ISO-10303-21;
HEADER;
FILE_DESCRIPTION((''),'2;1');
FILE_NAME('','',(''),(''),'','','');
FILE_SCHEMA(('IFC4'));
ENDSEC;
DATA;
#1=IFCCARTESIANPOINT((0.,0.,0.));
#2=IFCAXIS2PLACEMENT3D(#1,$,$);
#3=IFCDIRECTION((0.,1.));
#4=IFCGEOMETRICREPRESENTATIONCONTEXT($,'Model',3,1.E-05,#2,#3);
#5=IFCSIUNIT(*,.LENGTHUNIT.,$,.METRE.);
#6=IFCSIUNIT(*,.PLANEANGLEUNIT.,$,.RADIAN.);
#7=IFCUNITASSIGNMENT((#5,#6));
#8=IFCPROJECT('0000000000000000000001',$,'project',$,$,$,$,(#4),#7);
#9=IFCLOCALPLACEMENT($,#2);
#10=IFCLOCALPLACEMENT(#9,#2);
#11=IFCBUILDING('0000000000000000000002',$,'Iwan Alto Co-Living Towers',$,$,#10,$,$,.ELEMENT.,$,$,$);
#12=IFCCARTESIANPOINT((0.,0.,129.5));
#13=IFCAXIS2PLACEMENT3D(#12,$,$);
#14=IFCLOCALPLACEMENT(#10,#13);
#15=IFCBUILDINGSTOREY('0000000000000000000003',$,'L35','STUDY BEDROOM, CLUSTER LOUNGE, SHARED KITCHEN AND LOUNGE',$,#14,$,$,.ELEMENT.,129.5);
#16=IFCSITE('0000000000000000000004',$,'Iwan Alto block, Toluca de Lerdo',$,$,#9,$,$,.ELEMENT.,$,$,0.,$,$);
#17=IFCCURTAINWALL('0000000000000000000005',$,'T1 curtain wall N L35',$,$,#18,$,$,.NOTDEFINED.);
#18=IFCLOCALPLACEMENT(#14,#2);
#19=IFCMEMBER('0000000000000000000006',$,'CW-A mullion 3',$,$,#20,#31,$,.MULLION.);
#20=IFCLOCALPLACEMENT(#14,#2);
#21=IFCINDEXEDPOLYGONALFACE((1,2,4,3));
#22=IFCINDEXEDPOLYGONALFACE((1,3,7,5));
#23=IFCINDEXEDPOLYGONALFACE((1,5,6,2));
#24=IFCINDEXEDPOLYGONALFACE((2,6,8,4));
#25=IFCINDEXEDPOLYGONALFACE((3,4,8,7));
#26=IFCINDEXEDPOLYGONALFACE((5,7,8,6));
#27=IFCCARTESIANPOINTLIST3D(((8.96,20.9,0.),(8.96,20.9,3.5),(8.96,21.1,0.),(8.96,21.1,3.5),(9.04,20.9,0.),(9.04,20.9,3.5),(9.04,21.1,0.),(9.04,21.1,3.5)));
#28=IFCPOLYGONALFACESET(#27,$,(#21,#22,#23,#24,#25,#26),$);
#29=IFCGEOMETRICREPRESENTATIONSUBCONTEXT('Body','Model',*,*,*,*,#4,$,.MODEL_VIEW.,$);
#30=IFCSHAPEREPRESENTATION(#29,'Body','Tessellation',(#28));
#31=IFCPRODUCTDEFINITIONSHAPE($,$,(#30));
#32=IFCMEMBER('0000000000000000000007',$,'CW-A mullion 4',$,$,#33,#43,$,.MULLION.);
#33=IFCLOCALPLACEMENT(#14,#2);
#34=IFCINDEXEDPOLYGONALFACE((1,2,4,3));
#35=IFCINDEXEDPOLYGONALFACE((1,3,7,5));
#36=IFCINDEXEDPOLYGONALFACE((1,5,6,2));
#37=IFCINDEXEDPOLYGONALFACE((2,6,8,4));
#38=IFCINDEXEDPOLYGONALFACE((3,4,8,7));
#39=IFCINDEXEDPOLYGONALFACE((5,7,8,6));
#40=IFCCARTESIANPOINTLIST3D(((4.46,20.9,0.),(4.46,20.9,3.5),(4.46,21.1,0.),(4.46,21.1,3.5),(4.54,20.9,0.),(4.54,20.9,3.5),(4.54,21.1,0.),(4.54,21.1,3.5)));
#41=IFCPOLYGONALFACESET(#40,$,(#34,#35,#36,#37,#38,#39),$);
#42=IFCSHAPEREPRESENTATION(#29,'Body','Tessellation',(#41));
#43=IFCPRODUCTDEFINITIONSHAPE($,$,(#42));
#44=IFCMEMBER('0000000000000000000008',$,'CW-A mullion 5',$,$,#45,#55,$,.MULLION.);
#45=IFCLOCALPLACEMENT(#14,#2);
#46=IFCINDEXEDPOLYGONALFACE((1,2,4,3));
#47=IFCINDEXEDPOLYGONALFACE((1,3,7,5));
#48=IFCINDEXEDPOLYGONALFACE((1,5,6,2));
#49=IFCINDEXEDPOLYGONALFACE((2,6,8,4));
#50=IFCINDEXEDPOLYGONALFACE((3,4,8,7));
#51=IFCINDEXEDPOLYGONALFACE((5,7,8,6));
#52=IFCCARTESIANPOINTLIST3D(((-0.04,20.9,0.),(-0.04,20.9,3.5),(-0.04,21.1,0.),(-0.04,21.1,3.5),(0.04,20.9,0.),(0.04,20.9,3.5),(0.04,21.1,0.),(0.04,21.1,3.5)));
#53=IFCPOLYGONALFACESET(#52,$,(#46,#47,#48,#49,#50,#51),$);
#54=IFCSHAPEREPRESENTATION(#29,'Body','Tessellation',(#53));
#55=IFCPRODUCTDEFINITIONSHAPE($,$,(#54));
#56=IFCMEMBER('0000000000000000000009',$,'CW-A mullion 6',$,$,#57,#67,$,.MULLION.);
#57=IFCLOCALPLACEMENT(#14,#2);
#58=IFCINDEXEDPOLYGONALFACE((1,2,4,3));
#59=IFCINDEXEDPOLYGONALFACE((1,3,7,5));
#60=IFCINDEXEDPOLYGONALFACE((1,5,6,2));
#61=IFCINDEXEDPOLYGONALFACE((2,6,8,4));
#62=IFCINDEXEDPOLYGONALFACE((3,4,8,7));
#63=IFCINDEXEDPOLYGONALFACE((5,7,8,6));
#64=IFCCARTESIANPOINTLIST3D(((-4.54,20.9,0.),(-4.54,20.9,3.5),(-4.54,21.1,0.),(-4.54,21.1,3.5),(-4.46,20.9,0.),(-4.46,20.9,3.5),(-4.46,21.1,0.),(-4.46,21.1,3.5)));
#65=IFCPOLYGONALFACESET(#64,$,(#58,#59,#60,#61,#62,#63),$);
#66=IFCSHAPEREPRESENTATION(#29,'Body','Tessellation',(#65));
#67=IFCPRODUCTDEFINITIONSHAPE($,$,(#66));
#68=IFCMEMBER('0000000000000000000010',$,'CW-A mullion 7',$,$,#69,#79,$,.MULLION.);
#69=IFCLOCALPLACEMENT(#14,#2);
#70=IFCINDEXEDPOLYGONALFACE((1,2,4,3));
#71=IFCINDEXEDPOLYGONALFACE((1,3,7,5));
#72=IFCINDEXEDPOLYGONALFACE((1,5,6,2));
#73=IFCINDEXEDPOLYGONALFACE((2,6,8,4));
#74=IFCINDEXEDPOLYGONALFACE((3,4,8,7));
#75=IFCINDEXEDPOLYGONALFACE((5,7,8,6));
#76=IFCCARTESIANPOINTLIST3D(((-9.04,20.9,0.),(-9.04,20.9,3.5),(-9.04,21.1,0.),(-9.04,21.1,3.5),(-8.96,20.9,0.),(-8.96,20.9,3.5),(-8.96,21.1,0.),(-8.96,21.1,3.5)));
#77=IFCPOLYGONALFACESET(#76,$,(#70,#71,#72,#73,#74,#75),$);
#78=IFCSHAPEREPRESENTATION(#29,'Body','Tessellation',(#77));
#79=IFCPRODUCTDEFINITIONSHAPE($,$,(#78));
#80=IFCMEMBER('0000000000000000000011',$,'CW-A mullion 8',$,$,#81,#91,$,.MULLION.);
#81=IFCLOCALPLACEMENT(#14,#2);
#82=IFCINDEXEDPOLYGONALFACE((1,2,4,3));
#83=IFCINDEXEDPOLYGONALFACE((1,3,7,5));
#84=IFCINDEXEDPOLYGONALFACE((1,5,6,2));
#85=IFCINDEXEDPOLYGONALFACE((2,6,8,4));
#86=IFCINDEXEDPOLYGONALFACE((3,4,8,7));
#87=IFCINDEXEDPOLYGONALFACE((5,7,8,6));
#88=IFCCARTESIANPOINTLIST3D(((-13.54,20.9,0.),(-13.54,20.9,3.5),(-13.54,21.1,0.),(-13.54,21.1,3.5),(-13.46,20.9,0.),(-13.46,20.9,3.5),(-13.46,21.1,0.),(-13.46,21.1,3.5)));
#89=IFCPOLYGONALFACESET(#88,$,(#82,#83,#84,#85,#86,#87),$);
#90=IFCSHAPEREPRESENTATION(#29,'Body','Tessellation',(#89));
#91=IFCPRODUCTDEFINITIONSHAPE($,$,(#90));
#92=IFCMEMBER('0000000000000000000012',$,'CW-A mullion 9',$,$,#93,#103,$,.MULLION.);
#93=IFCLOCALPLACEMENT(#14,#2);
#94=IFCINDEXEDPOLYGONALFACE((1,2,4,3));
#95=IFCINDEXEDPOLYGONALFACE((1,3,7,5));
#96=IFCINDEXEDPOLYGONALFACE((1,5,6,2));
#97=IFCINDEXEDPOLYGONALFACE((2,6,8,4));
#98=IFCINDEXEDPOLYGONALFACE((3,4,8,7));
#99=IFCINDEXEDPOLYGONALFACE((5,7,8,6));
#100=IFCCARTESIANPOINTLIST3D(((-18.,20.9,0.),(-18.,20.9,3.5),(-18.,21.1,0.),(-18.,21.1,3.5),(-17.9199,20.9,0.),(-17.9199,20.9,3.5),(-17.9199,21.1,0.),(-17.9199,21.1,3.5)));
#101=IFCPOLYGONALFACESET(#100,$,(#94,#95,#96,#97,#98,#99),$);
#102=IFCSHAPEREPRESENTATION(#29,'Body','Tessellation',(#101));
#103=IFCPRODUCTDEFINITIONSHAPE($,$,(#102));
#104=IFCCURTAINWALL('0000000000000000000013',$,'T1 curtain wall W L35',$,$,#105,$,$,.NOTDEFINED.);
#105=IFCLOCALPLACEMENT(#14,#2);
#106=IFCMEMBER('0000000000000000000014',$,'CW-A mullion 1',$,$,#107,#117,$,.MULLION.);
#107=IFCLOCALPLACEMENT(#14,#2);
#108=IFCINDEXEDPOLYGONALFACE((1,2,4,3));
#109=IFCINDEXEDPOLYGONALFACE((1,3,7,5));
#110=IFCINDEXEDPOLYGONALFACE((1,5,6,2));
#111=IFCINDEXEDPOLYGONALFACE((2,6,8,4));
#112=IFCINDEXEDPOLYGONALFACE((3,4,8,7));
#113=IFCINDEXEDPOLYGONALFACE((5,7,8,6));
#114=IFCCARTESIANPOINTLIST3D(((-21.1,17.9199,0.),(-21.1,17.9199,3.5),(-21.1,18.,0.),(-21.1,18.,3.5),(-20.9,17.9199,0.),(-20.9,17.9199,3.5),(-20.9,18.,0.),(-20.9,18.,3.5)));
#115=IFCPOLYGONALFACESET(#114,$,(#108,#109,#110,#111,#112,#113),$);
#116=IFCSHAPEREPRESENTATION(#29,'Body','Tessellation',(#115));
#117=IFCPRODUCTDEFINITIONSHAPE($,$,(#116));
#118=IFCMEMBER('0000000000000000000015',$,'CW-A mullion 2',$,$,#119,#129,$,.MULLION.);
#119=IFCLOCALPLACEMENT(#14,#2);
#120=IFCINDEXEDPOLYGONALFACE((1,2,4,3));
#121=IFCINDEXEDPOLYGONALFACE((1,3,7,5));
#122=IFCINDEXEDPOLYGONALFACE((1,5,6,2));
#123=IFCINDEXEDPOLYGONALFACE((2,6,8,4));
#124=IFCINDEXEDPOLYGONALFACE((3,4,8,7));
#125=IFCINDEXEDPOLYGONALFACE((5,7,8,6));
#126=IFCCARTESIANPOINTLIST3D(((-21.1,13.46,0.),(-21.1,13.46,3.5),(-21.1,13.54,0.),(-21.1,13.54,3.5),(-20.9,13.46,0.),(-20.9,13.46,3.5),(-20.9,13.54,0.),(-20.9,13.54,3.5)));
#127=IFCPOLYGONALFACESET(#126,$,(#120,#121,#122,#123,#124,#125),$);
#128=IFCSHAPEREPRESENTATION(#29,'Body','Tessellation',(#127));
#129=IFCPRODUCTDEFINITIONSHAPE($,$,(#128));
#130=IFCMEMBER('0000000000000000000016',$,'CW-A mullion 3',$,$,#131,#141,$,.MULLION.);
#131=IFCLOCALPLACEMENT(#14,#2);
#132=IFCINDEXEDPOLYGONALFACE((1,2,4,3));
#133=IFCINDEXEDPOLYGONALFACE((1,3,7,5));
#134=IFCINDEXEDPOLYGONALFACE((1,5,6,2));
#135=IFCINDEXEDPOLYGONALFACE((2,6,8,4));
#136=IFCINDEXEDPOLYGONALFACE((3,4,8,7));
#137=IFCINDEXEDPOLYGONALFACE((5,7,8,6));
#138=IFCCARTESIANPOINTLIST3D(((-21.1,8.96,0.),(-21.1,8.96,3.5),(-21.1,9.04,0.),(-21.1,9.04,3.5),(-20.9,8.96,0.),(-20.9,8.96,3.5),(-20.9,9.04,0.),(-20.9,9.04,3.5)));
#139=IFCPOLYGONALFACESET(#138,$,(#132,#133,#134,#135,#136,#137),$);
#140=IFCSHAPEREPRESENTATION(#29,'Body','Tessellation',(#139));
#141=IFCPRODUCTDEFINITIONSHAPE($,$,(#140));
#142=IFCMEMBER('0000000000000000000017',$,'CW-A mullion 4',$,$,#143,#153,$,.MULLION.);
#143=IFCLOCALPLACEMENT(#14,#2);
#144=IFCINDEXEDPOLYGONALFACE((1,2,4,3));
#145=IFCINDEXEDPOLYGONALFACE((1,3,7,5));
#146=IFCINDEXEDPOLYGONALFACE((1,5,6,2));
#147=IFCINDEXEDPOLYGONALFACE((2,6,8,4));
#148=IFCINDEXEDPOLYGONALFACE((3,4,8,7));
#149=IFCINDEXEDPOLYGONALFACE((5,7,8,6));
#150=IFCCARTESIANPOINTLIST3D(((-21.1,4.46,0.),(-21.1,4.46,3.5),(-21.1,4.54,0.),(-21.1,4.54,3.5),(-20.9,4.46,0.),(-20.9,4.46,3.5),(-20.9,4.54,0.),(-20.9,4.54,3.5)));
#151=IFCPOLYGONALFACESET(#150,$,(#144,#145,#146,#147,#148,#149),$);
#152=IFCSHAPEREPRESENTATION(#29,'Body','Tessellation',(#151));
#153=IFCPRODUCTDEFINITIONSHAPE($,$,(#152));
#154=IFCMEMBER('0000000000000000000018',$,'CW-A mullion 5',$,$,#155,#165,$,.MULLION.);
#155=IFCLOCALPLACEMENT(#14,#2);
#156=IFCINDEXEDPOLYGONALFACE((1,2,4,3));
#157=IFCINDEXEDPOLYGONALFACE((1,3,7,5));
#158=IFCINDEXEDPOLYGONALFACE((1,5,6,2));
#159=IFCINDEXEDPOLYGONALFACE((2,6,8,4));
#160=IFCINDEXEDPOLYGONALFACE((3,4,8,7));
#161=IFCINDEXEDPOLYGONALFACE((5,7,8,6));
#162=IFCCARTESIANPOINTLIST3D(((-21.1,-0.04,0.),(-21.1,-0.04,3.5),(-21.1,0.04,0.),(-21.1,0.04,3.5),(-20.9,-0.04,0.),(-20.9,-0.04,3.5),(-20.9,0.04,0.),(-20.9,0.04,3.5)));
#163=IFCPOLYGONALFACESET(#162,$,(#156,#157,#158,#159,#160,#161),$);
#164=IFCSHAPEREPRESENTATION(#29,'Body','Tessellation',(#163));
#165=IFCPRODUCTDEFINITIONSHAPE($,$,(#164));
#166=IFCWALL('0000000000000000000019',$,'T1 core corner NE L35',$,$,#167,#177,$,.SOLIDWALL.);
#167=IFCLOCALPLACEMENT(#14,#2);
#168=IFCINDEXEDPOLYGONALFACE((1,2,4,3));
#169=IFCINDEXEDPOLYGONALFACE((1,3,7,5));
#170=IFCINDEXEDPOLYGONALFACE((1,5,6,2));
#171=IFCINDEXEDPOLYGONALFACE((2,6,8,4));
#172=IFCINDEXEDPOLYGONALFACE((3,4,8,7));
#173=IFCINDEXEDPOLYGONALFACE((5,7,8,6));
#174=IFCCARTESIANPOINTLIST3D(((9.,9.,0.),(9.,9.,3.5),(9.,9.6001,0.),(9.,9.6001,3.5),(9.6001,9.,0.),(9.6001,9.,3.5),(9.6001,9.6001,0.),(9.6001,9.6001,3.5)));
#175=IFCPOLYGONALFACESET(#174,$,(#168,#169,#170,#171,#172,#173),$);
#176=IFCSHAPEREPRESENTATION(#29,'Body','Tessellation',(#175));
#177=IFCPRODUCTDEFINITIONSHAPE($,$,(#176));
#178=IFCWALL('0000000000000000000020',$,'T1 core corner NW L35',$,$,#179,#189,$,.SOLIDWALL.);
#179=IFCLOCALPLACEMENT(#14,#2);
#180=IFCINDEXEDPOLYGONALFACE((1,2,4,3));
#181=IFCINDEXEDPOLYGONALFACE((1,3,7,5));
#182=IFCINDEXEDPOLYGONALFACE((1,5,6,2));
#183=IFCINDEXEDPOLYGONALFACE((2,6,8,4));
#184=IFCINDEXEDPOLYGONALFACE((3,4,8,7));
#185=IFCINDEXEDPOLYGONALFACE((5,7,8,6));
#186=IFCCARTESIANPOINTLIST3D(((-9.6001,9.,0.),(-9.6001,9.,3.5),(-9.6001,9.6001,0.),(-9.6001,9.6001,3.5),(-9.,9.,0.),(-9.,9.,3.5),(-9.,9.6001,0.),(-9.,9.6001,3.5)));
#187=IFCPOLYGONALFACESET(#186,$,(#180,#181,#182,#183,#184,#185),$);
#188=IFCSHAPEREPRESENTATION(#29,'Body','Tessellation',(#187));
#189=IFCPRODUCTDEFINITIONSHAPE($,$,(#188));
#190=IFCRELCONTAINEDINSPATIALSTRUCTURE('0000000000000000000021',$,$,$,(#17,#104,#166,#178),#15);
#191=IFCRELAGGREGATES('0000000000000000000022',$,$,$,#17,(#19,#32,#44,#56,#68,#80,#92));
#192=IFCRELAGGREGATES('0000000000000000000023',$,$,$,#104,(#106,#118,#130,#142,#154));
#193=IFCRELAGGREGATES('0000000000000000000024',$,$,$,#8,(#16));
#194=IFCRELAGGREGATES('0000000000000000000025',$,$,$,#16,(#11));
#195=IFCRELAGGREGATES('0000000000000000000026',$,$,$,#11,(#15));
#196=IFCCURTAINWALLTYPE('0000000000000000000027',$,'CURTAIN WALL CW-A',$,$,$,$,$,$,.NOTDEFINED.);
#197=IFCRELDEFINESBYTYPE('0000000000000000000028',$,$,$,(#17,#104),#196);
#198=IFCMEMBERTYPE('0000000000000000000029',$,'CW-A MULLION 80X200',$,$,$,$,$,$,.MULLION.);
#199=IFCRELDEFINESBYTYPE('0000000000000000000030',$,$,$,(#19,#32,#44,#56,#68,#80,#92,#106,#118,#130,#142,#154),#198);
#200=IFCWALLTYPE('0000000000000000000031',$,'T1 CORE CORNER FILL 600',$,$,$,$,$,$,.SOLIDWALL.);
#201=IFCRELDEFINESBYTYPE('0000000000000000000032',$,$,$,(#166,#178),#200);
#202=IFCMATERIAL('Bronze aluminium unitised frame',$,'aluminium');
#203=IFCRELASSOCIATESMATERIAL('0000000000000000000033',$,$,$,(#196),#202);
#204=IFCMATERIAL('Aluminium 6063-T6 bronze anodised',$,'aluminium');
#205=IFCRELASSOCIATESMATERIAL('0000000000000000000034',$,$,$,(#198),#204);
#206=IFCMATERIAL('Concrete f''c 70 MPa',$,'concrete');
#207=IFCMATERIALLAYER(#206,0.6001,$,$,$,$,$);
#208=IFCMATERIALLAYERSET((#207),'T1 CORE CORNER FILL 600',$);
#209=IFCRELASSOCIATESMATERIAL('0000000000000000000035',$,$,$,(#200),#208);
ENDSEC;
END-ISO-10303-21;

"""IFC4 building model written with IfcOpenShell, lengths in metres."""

from ifc_helpers import new_model, si_unit, direction, frame, frame_2d, origin, origin_2d, place, context, subcontext, project, spatial, rectangle, extrude, material, layer, layer_set, material_profile, profile_set, type_object, element, aggregate, save


model = new_model("IFC4")

# Units and contexts
model_context = context("Model", 3, precision=1e-05, world=origin(), true_north=direction((0.0, 1.0)))
body_context = subcontext(model_context, "Body", "Model", "MODEL_VIEW")
ifc_project = project(units=[si_unit("LENGTHUNIT", "METRE"), si_unit("PLANEANGLEUNIT", "RADIAN")], contexts=[model_context])

# Site, building, storey
site_placement = place(None, origin())
site = spatial("IfcSite", under=ifc_project, at=site_placement, Name="Iwan Alto block, Toluca de Lerdo", CompositionType="ELEMENT", RefElevation=0.0)
building_placement = place(site_placement, origin())
building = spatial("IfcBuilding", under=site, at=building_placement, Name="Iwan Alto Co-Living Towers", CompositionType="ELEMENT")
storey_placement = place(building_placement, frame((0.0, 0.0, 129.5)))
storey = spatial("IfcBuildingStorey", under=building, at=storey_placement, Name="L35", Description="STUDY BEDROOM, CLUSTER LOUNGE, SHARED KITCHEN AND LOUNGE", CompositionType="ELEMENT", Elevation=129.5)

# Curtain walls, members
ifc_material_1 = material(Name="Bronze aluminium unitised frame", Category="aluminium")
curtain_wall_type = type_object("IfcCurtainWallType", Name="CURTAIN WALL CW-A", PredefinedType="NOTDEFINED", material=ifc_material_1)
curtain_wall_1_placement = place(storey_placement, origin())
curtain_wall_1 = element("IfcCurtainWall", 1, at=curtain_wall_1_placement, inside=storey, type_object=curtain_wall_type, Name="T1 curtain wall N L35", PredefinedType="NOTDEFINED")
ifc_material_2 = material(Name="Aluminium 6063-T6 bronze anodised", Category="aluminium")
ifc_material_profile = material_profile(ifc_material_2, rectangle(XDim=0.2, YDim=0.0801, at=origin_2d()), Name="AL 80X200")
ifc_profile_set = profile_set([ifc_material_profile], Name="Aluminium 6063-T6 bronze anodised")
member_type = type_object("IfcMemberType", Name="CW-A MULLION 80X200", PredefinedType="MULLION", material=ifc_profile_set)
member_1_placement = place(storey_placement, frame((9.0, 21.0, 0.0), z_axis=(0.0, 0.0, 1.0), x_axis=(0.0, -1.0, 0.0)))
member_1 = element("IfcMember", 2, at=member_1_placement, type_object=member_type, Name="CW-A mullion 3", PredefinedType="MULLION", context=body_context, shape_type="SweptSolid", body=[
    extrude(rectangle(XDim=0.2, YDim=0.0801, at=origin_2d()), origin(), (0.0, 0.0, 1.0), 3.5),
])
member_2_placement = place(storey_placement, frame((4.5, 21.0, 0.0), z_axis=(0.0, 0.0, 1.0), x_axis=(0.0, -1.0, 0.0)))
member_2 = element("IfcMember", 3, at=member_2_placement, type_object=member_type, Name="CW-A mullion 4", PredefinedType="MULLION", context=body_context, shape_type="SweptSolid", body=[
    extrude(rectangle(XDim=0.2, YDim=0.0801, at=origin_2d()), origin(), (0.0, 0.0, 1.0), 3.5),
])
member_3_placement = place(storey_placement, frame((0.0, 21.0, 0.0), z_axis=(0.0, 0.0, 1.0), x_axis=(0.0, -1.0, 0.0)))
member_3 = element("IfcMember", 4, at=member_3_placement, type_object=member_type, Name="CW-A mullion 5", PredefinedType="MULLION", context=body_context, shape_type="SweptSolid", body=[
    extrude(rectangle(XDim=0.2, YDim=0.0801, at=origin_2d()), origin(), (0.0, 0.0, 1.0), 3.5),
])
member_4_placement = place(storey_placement, frame((-4.5, 21.0, 0.0), z_axis=(0.0, 0.0, 1.0), x_axis=(0.0, -1.0, 0.0)))
member_4 = element("IfcMember", 5, at=member_4_placement, type_object=member_type, Name="CW-A mullion 6", PredefinedType="MULLION", context=body_context, shape_type="SweptSolid", body=[
    extrude(rectangle(XDim=0.2, YDim=0.0801, at=origin_2d()), origin(), (0.0, 0.0, 1.0), 3.5),
])
member_5_placement = place(storey_placement, frame((-9.0, 21.0, 0.0), z_axis=(0.0, 0.0, 1.0), x_axis=(0.0, -1.0, 0.0)))
member_5 = element("IfcMember", 6, at=member_5_placement, type_object=member_type, Name="CW-A mullion 7", PredefinedType="MULLION", context=body_context, shape_type="SweptSolid", body=[
    extrude(rectangle(XDim=0.2, YDim=0.0801, at=origin_2d()), origin(), (0.0, 0.0, 1.0), 3.5),
])
member_6_placement = place(storey_placement, frame((-13.5, 21.0, 0.0), z_axis=(0.0, 0.0, 1.0), x_axis=(0.0, -1.0, 0.0)))
member_6 = element("IfcMember", 7, at=member_6_placement, type_object=member_type, Name="CW-A mullion 8", PredefinedType="MULLION", context=body_context, shape_type="SweptSolid", body=[
    extrude(rectangle(XDim=0.2, YDim=0.0801, at=origin_2d()), origin(), (0.0, 0.0, 1.0), 3.5),
])
member_7_placement = place(storey_placement, frame((-17.96, 21.0, 0.0), z_axis=(0.0, 0.0, 1.0), x_axis=(0.0, -1.0, 0.0)))
member_7 = element("IfcMember", 8, at=member_7_placement, type_object=member_type, Name="CW-A mullion 9", PredefinedType="MULLION", context=body_context, shape_type="SweptSolid", body=[
    extrude(rectangle(XDim=0.2, YDim=0.0801, at=origin_2d()), origin(), (0.0, 0.0, 1.0), 3.5),
])
aggregate(curtain_wall_1, [member_1, member_2, member_3, member_4, member_5, member_6, member_7])
curtain_wall_2_placement = place(storey_placement, origin())
curtain_wall_2 = element("IfcCurtainWall", 9, at=curtain_wall_2_placement, inside=storey, type_object=curtain_wall_type, Name="T1 curtain wall W L35", PredefinedType="NOTDEFINED")
member_8_placement = place(storey_placement, frame((-21.0, 17.96, 0.0), z_axis=(0.0, 0.0, 1.0), x_axis=(1.0, 0.0, 0.0)))
member_8 = element("IfcMember", 10, at=member_8_placement, type_object=member_type, Name="CW-A mullion 1", PredefinedType="MULLION", context=body_context, shape_type="SweptSolid", body=[
    extrude(rectangle(XDim=0.2, YDim=0.0801, at=origin_2d()), origin(), (0.0, 0.0, 1.0), 3.5),
])
member_9_placement = place(storey_placement, frame((-21.0, 13.5, 0.0), z_axis=(0.0, 0.0, 1.0), x_axis=(1.0, 0.0, 0.0)))
member_9 = element("IfcMember", 11, at=member_9_placement, type_object=member_type, Name="CW-A mullion 2", PredefinedType="MULLION", context=body_context, shape_type="SweptSolid", body=[
    extrude(rectangle(XDim=0.2, YDim=0.0801, at=origin_2d()), origin(), (0.0, 0.0, 1.0), 3.5),
])
member_10_placement = place(storey_placement, frame((-21.0, 9.0, 0.0), z_axis=(0.0, 0.0, 1.0), x_axis=(1.0, 0.0, 0.0)))
member_10 = element("IfcMember", 12, at=member_10_placement, type_object=member_type, Name="CW-A mullion 3", PredefinedType="MULLION", context=body_context, shape_type="SweptSolid", body=[
    extrude(rectangle(XDim=0.2, YDim=0.0801, at=origin_2d()), origin(), (0.0, 0.0, 1.0), 3.5),
])
member_11_placement = place(storey_placement, frame((-21.0, 4.5, 0.0), z_axis=(0.0, 0.0, 1.0), x_axis=(1.0, 0.0, 0.0)))
member_11 = element("IfcMember", 13, at=member_11_placement, type_object=member_type, Name="CW-A mullion 4", PredefinedType="MULLION", context=body_context, shape_type="SweptSolid", body=[
    extrude(rectangle(XDim=0.2, YDim=0.0801, at=origin_2d()), origin(), (0.0, 0.0, 1.0), 3.5),
])
member_12_placement = place(storey_placement, frame((-21.0, 0.0, 0.0), z_axis=(0.0, 0.0, 1.0), x_axis=(1.0, 0.0, 0.0)))
member_12 = element("IfcMember", 14, at=member_12_placement, type_object=member_type, Name="CW-A mullion 5", PredefinedType="MULLION", context=body_context, shape_type="SweptSolid", body=[
    extrude(rectangle(XDim=0.2, YDim=0.0801, at=origin_2d()), origin(), (0.0, 0.0, 1.0), 3.5),
])
aggregate(curtain_wall_2, [member_8, member_9, member_10, member_11, member_12])

# Walls
ifc_material_3 = material(Name="Concrete f'c 70 MPa", Category="concrete")
ifc_layer_1 = layer(ifc_material_3, 0.6001)
ifc_layer_set_1 = layer_set([ifc_layer_1], Name="T1 CORE CORNER FILL 600")
wall_type_1 = type_object("IfcWallType", Name="T1 CORE CORNER FILL 600", PredefinedType="SOLIDWALL", material=ifc_layer_set_1)
for number, where, z_axis, x_axis, name in (
    (15, (9.0, 9.3, 0.0), (0.0, 0.0, 1.0), (1.0, 0.0, 0.0), "T1 core corner NE L35"),
    (16, (-9.6001, 9.3, 0.0), (0.0, 0.0, 1.0), (1.0, 0.0, 0.0), "T1 core corner NW L35"),
):
    element("IfcWall", number, at=place(storey_placement, frame(where, z_axis=z_axis, x_axis=x_axis)), inside=storey, type_object=wall_type_1, Name=name, PredefinedType="SOLIDWALL", context=body_context, shape_type="SweptSolid", body=[
        extrude(rectangle(XDim=0.6001, YDim=0.6001, at=frame_2d((0.3, 0.0))), origin(), (0.0, 0.0, 1.0), 3.5),
    ])

save(model, "model.ifc")
